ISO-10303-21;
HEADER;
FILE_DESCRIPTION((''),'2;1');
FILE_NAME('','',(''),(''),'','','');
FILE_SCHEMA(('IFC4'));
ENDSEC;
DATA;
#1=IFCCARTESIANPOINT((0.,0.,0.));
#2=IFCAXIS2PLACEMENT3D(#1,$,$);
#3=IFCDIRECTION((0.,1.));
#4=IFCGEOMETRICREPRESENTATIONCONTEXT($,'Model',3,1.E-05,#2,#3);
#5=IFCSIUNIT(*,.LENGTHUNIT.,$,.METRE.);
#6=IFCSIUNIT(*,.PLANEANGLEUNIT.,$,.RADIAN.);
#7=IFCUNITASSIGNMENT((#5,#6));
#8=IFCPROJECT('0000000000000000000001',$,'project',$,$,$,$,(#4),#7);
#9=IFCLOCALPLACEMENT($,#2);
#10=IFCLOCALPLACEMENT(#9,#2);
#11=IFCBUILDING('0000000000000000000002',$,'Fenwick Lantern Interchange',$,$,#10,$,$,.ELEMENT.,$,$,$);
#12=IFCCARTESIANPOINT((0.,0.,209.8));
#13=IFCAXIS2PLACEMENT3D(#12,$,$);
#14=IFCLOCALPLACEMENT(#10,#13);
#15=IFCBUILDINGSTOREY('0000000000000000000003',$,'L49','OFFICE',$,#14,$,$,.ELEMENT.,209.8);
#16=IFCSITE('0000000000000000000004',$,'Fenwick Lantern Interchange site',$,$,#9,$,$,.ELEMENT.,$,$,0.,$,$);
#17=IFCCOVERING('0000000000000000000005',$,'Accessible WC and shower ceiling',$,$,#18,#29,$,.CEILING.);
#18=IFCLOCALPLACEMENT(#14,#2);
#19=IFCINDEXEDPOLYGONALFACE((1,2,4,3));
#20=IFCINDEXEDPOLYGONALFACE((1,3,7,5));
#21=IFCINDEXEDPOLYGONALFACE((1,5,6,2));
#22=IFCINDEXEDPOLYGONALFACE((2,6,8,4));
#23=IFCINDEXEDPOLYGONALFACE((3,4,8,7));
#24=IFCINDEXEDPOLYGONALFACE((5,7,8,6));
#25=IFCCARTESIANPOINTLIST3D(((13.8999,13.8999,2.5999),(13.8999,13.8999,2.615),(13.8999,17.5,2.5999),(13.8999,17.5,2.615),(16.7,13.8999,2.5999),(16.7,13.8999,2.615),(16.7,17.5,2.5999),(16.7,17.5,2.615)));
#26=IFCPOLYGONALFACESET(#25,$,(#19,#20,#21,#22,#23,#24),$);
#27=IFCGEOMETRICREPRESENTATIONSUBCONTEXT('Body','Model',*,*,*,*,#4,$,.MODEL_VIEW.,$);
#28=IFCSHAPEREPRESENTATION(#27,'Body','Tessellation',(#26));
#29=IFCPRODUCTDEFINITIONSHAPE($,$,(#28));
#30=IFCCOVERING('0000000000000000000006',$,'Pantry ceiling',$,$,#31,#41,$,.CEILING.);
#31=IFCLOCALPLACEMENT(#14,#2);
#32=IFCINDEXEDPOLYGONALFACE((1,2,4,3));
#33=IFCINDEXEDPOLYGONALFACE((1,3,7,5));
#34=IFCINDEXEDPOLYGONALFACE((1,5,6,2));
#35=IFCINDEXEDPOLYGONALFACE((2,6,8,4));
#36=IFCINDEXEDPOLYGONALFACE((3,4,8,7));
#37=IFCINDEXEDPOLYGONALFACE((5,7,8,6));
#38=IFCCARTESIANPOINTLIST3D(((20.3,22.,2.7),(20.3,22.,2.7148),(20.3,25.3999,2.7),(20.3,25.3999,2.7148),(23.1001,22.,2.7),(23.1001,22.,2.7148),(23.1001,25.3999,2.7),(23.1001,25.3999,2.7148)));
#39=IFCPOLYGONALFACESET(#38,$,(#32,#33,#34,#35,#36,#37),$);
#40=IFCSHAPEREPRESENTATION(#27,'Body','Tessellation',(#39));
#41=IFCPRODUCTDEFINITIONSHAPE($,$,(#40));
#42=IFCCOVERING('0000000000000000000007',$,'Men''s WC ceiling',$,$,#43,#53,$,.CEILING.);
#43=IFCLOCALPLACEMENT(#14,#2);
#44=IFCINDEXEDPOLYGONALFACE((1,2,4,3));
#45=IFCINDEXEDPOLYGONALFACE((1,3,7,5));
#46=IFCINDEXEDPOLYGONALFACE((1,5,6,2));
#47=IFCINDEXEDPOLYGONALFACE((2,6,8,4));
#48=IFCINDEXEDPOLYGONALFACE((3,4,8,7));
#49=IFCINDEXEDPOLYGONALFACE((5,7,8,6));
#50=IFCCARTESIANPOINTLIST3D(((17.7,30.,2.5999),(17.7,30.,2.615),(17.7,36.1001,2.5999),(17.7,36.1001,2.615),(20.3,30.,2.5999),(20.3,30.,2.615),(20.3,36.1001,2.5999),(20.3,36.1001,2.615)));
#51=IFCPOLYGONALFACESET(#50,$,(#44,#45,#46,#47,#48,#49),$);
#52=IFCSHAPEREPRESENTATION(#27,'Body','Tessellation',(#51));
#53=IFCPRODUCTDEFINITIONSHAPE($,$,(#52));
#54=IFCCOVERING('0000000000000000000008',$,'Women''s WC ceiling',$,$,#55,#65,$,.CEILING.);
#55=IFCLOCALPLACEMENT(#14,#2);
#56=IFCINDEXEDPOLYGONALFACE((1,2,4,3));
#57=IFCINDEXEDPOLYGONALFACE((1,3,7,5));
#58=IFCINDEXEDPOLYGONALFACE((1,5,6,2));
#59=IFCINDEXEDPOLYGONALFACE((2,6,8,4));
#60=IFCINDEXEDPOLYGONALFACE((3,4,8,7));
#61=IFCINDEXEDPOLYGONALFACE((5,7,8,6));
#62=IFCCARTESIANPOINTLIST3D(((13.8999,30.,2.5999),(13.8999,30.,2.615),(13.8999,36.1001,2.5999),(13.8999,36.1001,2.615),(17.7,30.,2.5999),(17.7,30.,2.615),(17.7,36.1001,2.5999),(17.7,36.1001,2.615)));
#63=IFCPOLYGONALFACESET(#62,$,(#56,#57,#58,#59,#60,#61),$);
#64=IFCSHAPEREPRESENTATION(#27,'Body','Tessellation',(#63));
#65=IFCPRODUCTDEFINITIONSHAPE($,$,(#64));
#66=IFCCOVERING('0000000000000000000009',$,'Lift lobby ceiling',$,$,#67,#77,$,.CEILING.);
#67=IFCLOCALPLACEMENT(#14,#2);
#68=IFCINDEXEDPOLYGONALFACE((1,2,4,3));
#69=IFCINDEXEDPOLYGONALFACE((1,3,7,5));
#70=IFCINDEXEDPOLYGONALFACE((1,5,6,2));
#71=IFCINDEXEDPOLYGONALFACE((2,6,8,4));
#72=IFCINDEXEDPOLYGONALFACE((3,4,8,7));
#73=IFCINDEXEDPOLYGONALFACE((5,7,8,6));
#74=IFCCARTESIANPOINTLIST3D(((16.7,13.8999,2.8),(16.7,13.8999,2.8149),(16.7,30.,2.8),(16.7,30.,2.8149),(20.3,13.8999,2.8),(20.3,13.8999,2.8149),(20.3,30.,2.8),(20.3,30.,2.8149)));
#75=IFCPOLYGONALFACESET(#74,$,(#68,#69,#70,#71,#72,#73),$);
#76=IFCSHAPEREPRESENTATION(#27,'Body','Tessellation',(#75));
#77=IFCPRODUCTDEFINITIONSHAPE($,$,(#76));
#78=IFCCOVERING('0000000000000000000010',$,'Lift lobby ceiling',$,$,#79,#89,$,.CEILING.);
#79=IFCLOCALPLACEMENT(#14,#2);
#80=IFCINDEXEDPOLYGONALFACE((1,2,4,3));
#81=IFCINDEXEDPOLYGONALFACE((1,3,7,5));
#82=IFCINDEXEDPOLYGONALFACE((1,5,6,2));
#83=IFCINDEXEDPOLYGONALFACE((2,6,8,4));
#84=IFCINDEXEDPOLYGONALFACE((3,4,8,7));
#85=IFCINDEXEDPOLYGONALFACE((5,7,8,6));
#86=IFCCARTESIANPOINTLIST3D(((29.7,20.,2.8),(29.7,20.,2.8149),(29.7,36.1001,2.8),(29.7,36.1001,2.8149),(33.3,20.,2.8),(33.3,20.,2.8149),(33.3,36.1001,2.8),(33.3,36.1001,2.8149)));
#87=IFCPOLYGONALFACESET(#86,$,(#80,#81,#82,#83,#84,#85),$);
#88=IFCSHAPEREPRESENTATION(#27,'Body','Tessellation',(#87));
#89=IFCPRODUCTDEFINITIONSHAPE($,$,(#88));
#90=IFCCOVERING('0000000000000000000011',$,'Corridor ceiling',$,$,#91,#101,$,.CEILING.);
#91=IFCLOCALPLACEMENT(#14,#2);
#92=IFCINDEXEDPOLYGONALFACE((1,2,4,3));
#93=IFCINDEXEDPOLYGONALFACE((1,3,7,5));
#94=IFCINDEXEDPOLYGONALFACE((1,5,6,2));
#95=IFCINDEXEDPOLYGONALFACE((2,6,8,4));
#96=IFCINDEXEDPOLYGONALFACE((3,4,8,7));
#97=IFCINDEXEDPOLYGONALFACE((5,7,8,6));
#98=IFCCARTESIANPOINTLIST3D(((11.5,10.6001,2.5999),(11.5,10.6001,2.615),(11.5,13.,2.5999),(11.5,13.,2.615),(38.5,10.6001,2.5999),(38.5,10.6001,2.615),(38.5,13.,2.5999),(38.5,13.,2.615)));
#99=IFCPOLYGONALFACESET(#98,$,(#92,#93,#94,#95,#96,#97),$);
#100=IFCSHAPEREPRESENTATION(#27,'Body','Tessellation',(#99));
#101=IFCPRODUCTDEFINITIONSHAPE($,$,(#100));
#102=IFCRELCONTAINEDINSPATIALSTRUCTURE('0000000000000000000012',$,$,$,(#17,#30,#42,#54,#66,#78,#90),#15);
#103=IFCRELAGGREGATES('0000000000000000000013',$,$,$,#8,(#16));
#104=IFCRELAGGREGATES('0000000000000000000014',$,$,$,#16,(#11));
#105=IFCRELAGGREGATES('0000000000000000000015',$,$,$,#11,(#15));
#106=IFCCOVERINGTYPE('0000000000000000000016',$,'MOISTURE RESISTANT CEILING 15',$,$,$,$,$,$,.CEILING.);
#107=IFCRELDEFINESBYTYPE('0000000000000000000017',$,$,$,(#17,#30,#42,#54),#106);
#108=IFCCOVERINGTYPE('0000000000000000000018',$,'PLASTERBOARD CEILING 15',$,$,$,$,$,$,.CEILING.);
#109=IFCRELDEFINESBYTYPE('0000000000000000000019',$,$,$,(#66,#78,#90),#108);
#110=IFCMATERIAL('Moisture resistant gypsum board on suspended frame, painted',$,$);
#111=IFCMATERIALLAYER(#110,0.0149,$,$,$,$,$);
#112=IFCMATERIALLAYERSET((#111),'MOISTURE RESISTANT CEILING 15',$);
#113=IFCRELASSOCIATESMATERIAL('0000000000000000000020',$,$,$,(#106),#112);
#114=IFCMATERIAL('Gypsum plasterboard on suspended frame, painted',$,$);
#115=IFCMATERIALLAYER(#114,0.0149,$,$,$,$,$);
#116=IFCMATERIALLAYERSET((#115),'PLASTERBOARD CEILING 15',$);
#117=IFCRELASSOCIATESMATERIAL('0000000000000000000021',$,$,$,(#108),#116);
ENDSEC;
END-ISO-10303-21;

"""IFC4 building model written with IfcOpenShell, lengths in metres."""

from ifc_helpers import new_model, si_unit, direction, frame, origin, place, context, subcontext, project, spatial, polyline, outline, extrude, material, layer, layer_set, type_object, element, save


model = new_model("IFC4")

# Units and contexts
model_context = context("Model", 3, precision=1e-05, world=origin(), true_north=direction((0.0, 1.0)))
body_context = subcontext(model_context, "Body", "Model", "MODEL_VIEW")
ifc_project = project(units=[si_unit("LENGTHUNIT", "METRE"), si_unit("PLANEANGLEUNIT", "RADIAN")], contexts=[model_context])

# Site, building, storey
site_placement = place(None, origin())
site = spatial("IfcSite", under=ifc_project, at=site_placement, Name="Fenwick Lantern Interchange site", CompositionType="ELEMENT", RefElevation=0.0)
building_placement = place(site_placement, origin())
building = spatial("IfcBuilding", under=site, at=building_placement, Name="Fenwick Lantern Interchange", CompositionType="ELEMENT")
storey_placement = place(building_placement, frame((0.0, 0.0, 209.8)))
storey = spatial("IfcBuildingStorey", under=building, at=storey_placement, Name="L49", Description="OFFICE", CompositionType="ELEMENT", Elevation=209.8)

# Coverings
ifc_material_1 = material(Name="Moisture resistant gypsum board on suspended frame, painted")
ifc_layer_1 = layer(ifc_material_1, 0.0149)
ifc_layer_set_1 = layer_set([ifc_layer_1], Name="MOISTURE RESISTANT CEILING 15")
covering_type_1 = type_object("IfcCoveringType", Name="MOISTURE RESISTANT CEILING 15", PredefinedType="CEILING", material=ifc_layer_set_1)
covering_1_placement = place(storey_placement, frame((0.0, 0.0, 2.5999)))
element("IfcCovering", 1, at=covering_1_placement, inside=storey, type_object=covering_type_1, Name="Accessible WC and shower ceiling", PredefinedType="CEILING", context=body_context, shape_type="SweptSolid", body=[
    extrude(outline(polyline([(13.8999, 13.8999), (16.7, 13.8999), (16.7, 17.5), (13.8999, 17.5), (13.8999, 13.8999)])), origin(), (0.0, 0.0, 1.0), 0.0151),
])
covering_2_placement = place(storey_placement, frame((0.0, 0.0, 2.7)))
element("IfcCovering", 2, at=covering_2_placement, inside=storey, type_object=covering_type_1, Name="Pantry ceiling", PredefinedType="CEILING", context=body_context, shape_type="SweptSolid", body=[
    extrude(outline(polyline([(20.3, 22.0), (23.1001, 22.0), (23.1001, 25.3999), (20.3, 25.3999), (20.3, 22.0)])), origin(), (0.0, 0.0, 1.0), 0.0149),
])
covering_3_placement = place(storey_placement, frame((0.0, 0.0, 2.5999)))
element("IfcCovering", 3, at=covering_3_placement, inside=storey, type_object=covering_type_1, Name="Men's WC ceiling", PredefinedType="CEILING", context=body_context, shape_type="SweptSolid", body=[
    extrude(outline(polyline([(20.3, 36.1001), (17.7, 36.1001), (17.7, 30.0), (20.3, 30.0), (20.3, 36.1001)])), origin(), (0.0, 0.0, 1.0), 0.0151),
])
covering_4_placement = place(storey_placement, frame((0.0, 0.0, 2.5999)))
element("IfcCovering", 4, at=covering_4_placement, inside=storey, type_object=covering_type_1, Name="Women's WC ceiling", PredefinedType="CEILING", context=body_context, shape_type="SweptSolid", body=[
    extrude(outline(polyline([(17.7, 36.1001), (13.8999, 36.1001), (13.8999, 30.0), (17.7, 30.0), (17.7, 36.1001)])), origin(), (0.0, 0.0, 1.0), 0.0151),
])
ifc_material_2 = material(Name="Gypsum plasterboard on suspended frame, painted")
ifc_layer_2 = layer(ifc_material_2, 0.0149)
ifc_layer_set_2 = layer_set([ifc_layer_2], Name="PLASTERBOARD CEILING 15")
covering_type_2 = type_object("IfcCoveringType", Name="PLASTERBOARD CEILING 15", PredefinedType="CEILING", material=ifc_layer_set_2)
covering_5_placement = place(storey_placement, frame((0.0, 0.0, 2.8)))
element("IfcCovering", 5, at=covering_5_placement, inside=storey, type_object=covering_type_2, Name="Lift lobby ceiling", PredefinedType="CEILING", context=body_context, shape_type="SweptSolid", body=[
    extrude(outline(polyline([(16.7, 13.8999), (20.3, 13.8999), (20.3, 30.0), (16.7, 30.0), (16.7, 13.8999)])), origin(), (0.0, 0.0, 1.0), 0.0149),
])
covering_6_placement = place(storey_placement, frame((0.0, 0.0, 2.8)))
element("IfcCovering", 6, at=covering_6_placement, inside=storey, type_object=covering_type_2, Name="Lift lobby ceiling", PredefinedType="CEILING", context=body_context, shape_type="SweptSolid", body=[
    extrude(outline(polyline([(33.3, 36.1001), (29.7, 36.1001), (29.7, 20.0), (33.3, 20.0), (33.3, 36.1001)])), origin(), (0.0, 0.0, 1.0), 0.0149),
])
covering_7_placement = place(storey_placement, frame((0.0, 0.0, 2.5999)))
element("IfcCovering", 7, at=covering_7_placement, inside=storey, type_object=covering_type_2, Name="Corridor ceiling", PredefinedType="CEILING", context=body_context, shape_type="SweptSolid", body=[
    extrude(outline(polyline([(11.5, 10.6001), (38.5, 10.6001), (38.5, 13.0), (11.5, 13.0), (11.5, 10.6001)])), origin(), (0.0, 0.0, 1.0), 0.0151),
])

save(model, "model.ifc")
